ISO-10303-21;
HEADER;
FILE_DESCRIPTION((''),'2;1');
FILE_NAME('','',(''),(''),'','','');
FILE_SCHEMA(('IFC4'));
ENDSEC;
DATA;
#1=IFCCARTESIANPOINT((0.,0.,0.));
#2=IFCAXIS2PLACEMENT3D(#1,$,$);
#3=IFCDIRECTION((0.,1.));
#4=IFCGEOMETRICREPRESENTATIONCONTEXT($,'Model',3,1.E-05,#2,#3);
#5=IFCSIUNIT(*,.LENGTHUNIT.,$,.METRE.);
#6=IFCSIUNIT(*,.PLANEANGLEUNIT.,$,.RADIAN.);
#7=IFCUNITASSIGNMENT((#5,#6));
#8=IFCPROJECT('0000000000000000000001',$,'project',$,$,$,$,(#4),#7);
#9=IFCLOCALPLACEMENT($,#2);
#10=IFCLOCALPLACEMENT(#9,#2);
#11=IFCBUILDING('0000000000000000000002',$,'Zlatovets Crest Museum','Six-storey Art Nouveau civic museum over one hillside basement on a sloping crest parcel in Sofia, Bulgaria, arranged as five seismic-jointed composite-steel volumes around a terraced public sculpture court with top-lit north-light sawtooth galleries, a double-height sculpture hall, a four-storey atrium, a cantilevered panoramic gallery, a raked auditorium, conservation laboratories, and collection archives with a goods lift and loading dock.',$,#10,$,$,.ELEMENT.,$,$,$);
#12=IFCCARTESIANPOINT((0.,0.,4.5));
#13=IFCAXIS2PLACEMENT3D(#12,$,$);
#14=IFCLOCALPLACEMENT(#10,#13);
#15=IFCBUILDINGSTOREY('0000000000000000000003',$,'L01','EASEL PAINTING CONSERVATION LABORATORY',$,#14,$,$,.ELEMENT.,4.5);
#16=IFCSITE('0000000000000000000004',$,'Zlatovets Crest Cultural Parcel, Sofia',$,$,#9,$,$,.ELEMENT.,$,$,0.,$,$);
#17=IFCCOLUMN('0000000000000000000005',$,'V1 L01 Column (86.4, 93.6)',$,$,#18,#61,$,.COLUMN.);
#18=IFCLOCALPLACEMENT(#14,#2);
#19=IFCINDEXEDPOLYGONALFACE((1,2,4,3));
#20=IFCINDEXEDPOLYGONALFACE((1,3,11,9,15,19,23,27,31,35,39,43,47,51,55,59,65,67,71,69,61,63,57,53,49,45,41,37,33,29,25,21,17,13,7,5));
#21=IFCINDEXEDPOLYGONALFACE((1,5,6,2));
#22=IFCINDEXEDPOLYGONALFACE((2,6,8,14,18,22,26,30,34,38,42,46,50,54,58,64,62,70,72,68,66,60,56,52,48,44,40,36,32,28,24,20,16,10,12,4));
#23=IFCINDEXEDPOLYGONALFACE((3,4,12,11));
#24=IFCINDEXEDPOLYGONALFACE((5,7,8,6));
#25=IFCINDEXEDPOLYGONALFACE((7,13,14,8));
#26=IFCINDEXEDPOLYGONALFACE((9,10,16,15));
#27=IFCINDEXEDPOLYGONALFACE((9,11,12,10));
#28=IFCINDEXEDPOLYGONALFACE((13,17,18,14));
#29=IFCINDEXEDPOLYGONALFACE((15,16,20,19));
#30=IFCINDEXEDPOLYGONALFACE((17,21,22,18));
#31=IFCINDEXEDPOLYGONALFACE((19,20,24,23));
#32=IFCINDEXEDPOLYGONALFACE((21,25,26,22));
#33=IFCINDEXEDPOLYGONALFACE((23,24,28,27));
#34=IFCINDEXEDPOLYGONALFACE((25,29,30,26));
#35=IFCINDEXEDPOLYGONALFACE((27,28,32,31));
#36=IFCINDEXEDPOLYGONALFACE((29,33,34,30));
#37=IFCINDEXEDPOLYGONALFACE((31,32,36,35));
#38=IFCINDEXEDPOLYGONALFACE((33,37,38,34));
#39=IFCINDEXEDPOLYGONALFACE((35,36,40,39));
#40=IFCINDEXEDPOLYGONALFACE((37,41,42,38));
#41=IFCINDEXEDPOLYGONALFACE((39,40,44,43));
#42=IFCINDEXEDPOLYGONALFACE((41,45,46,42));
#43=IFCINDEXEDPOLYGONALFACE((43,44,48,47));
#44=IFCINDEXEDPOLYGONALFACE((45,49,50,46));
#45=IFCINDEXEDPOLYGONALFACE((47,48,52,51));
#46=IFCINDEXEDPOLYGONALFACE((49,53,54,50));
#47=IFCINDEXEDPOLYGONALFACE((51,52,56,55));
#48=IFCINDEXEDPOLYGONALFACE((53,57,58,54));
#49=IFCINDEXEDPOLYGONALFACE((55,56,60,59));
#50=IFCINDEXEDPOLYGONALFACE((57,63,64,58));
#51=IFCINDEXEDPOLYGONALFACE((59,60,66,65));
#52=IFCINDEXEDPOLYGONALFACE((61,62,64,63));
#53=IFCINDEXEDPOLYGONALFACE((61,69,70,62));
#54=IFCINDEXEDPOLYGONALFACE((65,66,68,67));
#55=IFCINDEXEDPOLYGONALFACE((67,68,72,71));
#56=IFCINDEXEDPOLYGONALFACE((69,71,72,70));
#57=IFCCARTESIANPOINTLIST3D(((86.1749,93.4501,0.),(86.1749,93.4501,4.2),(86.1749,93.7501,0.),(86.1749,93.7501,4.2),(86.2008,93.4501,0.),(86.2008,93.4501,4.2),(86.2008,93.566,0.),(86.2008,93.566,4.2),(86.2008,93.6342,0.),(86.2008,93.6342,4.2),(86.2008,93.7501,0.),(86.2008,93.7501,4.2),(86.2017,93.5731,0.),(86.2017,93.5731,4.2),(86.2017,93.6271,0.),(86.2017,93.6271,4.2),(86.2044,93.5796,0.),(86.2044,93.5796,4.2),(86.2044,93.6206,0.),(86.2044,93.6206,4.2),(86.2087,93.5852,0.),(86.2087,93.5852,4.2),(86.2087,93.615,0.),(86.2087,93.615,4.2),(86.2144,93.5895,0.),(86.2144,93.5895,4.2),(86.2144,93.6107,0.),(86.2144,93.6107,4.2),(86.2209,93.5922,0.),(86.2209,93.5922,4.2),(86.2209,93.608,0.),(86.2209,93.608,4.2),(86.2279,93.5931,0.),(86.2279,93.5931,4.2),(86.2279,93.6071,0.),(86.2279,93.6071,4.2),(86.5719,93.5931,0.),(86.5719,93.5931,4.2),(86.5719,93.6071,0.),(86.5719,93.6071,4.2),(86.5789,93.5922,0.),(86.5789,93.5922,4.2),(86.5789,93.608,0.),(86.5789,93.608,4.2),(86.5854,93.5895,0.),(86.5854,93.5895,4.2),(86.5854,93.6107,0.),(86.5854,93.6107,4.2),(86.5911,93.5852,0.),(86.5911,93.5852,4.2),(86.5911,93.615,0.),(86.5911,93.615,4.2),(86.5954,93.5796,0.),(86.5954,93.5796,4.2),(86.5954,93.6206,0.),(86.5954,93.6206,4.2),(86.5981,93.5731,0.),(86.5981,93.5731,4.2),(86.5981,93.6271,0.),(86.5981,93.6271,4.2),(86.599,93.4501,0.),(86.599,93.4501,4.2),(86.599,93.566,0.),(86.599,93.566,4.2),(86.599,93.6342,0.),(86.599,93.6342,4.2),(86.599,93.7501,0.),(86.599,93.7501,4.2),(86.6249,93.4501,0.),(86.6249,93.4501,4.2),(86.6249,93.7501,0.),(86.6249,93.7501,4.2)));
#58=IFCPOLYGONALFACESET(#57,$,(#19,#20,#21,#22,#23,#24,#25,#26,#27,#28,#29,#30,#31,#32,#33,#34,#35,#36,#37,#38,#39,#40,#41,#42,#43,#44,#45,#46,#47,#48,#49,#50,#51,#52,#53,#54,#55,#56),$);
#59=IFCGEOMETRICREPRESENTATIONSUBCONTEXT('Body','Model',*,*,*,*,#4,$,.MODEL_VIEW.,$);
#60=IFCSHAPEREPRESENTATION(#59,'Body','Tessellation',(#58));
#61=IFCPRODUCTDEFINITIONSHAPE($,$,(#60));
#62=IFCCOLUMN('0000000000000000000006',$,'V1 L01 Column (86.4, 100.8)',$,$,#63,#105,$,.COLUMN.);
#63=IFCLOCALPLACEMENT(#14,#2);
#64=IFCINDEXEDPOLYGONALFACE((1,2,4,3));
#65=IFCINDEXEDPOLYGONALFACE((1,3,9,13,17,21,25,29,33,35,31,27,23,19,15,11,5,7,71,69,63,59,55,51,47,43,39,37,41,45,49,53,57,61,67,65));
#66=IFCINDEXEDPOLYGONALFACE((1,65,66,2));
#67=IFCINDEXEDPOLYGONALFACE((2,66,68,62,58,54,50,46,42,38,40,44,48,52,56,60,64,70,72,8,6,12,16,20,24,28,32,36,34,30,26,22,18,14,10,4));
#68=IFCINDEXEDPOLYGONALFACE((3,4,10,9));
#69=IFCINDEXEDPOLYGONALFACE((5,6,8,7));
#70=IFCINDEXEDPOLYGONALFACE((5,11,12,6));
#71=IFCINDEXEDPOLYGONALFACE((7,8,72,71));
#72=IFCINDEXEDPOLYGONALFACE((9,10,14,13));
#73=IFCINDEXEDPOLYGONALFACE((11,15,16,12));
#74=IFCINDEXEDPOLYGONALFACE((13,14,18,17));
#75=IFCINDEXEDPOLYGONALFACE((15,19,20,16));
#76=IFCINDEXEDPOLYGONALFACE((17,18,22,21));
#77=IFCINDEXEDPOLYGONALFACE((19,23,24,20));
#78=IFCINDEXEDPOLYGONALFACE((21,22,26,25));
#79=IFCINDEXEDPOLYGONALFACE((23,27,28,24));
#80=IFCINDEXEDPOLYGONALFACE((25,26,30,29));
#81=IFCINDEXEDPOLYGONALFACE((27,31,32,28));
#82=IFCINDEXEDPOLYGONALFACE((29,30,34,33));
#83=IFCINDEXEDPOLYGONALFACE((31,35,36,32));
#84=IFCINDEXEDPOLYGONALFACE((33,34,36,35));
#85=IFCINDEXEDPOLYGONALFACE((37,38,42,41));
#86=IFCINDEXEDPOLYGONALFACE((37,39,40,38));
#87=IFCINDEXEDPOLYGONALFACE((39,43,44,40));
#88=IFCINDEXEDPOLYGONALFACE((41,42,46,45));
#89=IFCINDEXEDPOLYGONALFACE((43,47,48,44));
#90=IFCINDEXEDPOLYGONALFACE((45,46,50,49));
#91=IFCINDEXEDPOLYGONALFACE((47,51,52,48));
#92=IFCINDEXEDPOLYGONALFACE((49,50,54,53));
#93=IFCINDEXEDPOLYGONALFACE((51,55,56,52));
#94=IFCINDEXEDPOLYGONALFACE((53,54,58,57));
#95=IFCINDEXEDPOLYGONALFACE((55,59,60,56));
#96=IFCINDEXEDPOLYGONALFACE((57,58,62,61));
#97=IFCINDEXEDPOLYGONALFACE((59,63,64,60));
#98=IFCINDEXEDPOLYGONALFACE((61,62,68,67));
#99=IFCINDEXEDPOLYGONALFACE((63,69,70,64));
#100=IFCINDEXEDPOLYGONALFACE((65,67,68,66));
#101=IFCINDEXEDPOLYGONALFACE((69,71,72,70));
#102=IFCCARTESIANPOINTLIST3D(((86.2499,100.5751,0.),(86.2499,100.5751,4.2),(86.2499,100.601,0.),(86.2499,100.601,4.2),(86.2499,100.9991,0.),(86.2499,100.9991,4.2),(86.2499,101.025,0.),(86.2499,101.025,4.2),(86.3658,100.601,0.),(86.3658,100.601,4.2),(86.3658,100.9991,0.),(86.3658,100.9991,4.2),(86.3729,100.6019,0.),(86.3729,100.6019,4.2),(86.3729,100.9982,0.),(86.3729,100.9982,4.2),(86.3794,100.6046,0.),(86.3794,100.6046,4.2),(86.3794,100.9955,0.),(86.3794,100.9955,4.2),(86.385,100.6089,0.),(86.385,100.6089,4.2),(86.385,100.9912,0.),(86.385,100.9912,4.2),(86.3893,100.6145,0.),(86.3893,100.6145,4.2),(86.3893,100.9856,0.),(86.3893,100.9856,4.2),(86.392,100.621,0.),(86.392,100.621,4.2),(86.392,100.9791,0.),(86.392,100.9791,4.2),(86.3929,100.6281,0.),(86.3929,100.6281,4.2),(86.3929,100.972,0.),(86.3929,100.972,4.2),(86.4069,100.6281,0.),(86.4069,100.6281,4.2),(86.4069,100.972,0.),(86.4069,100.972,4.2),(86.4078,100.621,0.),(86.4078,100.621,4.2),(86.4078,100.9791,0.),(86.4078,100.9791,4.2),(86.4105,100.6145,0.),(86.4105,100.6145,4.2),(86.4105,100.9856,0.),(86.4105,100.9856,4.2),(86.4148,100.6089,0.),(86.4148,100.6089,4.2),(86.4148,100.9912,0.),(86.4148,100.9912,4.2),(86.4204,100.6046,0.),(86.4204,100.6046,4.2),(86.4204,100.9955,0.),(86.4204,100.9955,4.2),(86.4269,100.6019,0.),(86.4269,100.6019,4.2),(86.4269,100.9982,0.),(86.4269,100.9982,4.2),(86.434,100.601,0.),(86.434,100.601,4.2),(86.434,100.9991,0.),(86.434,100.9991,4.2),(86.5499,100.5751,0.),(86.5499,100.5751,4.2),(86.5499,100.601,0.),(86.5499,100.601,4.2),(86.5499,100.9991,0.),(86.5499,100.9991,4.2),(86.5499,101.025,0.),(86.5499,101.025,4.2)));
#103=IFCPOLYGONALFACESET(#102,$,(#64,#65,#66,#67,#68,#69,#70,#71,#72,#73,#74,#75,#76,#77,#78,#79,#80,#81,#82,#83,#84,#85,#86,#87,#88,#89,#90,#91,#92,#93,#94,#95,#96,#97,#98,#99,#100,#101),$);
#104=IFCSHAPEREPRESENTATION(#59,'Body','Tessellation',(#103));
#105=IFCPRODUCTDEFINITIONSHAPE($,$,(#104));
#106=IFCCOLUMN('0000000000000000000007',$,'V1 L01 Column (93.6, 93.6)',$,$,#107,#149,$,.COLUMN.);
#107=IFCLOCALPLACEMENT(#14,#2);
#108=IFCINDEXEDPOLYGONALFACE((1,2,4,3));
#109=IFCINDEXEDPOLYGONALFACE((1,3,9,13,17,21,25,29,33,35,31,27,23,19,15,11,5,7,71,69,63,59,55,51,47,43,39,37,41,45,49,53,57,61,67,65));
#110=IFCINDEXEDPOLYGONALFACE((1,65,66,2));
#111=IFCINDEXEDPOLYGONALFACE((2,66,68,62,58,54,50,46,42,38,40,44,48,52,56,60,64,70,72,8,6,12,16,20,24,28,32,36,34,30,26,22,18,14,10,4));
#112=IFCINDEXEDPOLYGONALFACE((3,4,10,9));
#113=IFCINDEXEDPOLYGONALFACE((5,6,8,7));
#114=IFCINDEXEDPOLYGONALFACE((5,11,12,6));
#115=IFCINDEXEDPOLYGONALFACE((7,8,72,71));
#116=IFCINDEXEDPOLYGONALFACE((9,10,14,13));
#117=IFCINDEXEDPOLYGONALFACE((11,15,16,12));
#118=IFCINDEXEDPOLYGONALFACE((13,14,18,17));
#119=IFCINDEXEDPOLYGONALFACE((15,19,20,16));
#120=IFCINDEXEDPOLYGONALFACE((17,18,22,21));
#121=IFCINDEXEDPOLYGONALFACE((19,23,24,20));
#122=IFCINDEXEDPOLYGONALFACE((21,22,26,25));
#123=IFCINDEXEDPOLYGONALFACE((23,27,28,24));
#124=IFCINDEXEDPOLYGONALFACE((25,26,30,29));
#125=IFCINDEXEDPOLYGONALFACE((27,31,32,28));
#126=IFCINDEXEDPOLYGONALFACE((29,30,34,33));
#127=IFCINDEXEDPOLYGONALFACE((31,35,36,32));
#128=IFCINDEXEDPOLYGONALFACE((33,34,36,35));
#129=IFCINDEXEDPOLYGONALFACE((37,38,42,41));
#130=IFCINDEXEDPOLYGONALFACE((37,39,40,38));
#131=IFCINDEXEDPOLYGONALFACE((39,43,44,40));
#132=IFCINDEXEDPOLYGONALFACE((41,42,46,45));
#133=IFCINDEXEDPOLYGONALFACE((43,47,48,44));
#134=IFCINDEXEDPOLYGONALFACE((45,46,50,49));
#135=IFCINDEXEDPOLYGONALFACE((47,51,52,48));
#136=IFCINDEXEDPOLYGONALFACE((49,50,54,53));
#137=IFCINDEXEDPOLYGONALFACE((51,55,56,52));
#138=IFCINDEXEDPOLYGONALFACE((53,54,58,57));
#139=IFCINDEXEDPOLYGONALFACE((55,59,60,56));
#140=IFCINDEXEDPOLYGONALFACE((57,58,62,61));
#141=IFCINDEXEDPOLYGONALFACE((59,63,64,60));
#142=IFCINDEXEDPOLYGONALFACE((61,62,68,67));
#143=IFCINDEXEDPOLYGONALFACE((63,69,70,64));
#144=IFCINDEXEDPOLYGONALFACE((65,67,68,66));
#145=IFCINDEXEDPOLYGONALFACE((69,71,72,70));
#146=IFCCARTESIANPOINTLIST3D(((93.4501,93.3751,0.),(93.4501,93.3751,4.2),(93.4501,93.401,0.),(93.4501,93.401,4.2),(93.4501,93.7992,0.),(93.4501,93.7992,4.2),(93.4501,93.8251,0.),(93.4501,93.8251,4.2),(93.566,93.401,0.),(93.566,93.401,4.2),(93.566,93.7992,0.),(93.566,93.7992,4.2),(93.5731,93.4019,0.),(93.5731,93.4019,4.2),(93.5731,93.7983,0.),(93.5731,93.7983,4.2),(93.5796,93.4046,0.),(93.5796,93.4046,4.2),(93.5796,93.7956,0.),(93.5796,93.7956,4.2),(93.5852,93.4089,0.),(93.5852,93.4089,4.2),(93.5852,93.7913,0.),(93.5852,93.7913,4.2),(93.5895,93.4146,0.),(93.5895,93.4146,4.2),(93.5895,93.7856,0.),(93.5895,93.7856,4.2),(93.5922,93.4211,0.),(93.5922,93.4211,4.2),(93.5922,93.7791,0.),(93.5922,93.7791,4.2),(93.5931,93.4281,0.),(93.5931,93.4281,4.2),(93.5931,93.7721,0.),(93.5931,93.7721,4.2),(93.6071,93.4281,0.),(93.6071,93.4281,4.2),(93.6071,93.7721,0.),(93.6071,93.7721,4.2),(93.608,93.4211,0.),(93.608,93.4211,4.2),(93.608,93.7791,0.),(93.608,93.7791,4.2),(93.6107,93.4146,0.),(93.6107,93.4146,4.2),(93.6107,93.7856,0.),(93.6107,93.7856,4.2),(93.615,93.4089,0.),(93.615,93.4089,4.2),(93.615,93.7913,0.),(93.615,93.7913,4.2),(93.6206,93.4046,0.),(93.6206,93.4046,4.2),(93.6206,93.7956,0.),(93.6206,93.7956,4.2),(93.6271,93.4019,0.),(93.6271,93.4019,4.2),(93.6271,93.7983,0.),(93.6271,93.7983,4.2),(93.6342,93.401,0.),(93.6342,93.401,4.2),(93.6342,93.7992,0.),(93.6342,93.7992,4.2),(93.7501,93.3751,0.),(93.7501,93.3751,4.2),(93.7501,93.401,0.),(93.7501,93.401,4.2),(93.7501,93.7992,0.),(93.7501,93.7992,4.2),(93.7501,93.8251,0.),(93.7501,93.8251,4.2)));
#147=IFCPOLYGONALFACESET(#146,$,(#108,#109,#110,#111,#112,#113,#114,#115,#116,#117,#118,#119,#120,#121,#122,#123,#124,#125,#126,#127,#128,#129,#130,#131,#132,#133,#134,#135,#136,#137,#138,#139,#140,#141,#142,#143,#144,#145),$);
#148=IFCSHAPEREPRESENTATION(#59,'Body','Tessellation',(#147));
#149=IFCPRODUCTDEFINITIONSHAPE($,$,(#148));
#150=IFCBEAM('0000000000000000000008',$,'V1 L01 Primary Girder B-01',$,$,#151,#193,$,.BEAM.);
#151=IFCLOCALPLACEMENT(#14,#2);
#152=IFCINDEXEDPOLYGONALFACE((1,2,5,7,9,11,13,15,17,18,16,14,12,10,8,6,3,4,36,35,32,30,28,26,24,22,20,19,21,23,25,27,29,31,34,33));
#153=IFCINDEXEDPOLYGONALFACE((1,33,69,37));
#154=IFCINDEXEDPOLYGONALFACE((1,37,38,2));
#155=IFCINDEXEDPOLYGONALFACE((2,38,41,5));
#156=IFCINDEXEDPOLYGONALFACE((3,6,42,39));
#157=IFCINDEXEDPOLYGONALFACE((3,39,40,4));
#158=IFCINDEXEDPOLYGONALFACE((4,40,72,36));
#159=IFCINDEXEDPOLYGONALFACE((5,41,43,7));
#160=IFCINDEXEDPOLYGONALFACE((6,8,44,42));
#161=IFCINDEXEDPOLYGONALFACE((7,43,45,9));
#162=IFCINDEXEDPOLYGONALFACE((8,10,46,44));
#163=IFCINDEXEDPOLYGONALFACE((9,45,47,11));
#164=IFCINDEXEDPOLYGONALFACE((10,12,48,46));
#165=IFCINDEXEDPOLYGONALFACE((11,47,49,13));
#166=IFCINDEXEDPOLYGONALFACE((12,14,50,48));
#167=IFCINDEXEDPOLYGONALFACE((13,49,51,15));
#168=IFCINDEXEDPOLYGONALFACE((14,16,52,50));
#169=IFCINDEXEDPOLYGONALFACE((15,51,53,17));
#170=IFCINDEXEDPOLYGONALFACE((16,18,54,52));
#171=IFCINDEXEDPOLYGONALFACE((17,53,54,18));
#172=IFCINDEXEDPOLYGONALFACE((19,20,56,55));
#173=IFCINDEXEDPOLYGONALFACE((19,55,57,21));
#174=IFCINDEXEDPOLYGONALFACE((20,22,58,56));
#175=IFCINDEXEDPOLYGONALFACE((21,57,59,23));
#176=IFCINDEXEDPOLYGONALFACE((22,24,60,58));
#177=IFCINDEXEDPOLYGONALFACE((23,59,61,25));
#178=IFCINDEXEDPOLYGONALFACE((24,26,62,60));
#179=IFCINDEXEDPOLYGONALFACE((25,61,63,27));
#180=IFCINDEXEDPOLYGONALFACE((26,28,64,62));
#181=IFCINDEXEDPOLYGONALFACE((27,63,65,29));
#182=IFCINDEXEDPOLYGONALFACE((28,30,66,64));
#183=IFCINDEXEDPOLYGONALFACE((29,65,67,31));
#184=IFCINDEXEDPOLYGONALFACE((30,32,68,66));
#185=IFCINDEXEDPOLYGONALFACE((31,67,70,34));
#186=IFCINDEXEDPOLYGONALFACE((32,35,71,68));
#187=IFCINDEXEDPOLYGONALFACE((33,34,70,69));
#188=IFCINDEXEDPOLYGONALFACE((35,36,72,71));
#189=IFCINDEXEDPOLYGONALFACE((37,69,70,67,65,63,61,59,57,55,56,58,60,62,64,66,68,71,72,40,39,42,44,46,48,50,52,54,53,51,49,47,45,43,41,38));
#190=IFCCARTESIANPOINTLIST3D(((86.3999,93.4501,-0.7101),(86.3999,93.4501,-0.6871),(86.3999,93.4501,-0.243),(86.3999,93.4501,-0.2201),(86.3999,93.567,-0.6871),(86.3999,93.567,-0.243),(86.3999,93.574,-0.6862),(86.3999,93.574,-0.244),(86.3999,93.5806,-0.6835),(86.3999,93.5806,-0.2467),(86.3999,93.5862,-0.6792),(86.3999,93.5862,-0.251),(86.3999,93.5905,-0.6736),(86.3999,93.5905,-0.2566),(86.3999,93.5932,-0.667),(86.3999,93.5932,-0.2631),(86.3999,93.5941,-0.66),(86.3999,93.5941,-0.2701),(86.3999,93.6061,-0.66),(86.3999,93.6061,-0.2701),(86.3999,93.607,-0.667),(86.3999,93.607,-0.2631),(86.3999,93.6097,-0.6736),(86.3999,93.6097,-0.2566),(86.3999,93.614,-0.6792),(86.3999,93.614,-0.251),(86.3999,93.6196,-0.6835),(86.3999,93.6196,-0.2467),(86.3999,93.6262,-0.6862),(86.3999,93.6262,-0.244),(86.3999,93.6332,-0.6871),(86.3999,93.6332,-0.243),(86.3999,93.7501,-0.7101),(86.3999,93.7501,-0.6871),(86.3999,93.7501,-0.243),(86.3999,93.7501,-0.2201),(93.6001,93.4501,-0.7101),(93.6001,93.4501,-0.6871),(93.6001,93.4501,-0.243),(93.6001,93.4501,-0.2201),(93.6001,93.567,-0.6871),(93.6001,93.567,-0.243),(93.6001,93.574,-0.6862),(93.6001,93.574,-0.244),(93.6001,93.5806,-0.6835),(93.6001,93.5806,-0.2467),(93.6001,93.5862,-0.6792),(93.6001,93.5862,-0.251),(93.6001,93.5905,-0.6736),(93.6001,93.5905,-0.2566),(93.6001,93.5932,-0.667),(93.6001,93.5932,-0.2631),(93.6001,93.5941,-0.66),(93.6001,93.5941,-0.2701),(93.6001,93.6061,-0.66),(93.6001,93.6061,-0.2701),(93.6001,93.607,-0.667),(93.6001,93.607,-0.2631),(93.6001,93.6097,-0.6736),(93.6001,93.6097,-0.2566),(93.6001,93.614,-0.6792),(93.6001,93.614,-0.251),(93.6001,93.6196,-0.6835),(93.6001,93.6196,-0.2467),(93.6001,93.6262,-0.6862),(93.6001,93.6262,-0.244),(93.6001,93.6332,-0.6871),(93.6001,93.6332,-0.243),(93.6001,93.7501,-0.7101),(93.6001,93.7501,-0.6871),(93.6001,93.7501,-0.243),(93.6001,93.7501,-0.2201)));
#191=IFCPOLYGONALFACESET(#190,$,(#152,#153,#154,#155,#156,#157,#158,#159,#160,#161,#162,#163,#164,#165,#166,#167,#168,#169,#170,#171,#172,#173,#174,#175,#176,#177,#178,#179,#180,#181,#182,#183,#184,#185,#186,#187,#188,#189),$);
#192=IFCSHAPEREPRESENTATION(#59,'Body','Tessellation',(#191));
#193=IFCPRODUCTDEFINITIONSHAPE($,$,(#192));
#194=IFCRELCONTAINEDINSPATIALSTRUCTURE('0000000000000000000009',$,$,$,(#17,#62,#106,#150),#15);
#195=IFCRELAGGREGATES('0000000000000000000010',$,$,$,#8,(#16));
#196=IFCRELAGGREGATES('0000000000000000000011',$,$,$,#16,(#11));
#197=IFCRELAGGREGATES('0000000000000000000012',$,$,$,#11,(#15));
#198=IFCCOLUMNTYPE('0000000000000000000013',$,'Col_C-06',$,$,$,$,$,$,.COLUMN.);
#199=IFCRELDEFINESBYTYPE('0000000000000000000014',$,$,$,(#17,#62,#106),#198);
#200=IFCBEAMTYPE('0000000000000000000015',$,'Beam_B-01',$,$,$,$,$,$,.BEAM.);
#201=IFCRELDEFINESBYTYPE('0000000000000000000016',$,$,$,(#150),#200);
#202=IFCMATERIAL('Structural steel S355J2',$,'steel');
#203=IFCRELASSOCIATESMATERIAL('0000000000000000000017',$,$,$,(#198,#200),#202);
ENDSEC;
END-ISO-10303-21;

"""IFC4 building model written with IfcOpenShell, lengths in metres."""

from ifc_helpers import new_model, si_unit, direction, frame, origin, origin_2d, place, context, subcontext, project, spatial, i_section, extrude, material, material_profile, profile_set, type_object, element, save


model = new_model("IFC4")

# Units and contexts
model_context = context("Model", 3, precision=1e-05, world=origin(), true_north=direction((0.0, 1.0)))
body_context = subcontext(model_context, "Body", "Model", "MODEL_VIEW")
ifc_project = project(units=[si_unit("LENGTHUNIT", "METRE"), si_unit("PLANEANGLEUNIT", "RADIAN")], contexts=[model_context])

# Site, building, storey
site_placement = place(None, origin())
site = spatial("IfcSite", under=ifc_project, at=site_placement, Name="Zlatovets Crest Cultural Parcel, Sofia", CompositionType="ELEMENT", RefElevation=0.0)
building_placement = place(site_placement, origin())
building = spatial("IfcBuilding", under=site, at=building_placement, Name="Zlatovets Crest Museum", Description="Six-storey Art Nouveau civic museum over one hillside basement on a sloping crest parcel in Sofia, Bulgaria, arranged as five seismic-jointed composite-steel volumes around a terraced public sculpture court with top-lit north-light sawtooth galleries, a double-height sculpture hall, a four-storey atrium, a cantilevered panoramic gallery, a raked auditorium, conservation laboratories, and collection archives with a goods lift and loading dock.", CompositionType="ELEMENT")
storey_placement = place(building_placement, frame((0.0, 0.0, 4.5)))
storey = spatial("IfcBuildingStorey", under=building, at=storey_placement, Name="L01", Description="EASEL PAINTING CONSERVATION LABORATORY", CompositionType="ELEMENT", Elevation=4.5)

# Columns
ifc_material_1 = material(Name="Structural steel S355J2", Category="steel")
ifc_material_profile_1 = material_profile(ifc_material_1, i_section(OverallWidth=0.3, OverallDepth=0.45, WebThickness=0.0139, FlangeThickness=0.0259, FilletRadius=0.0271, at=origin_2d()), Name="HEB 450")
ifc_profile_set_1 = profile_set([ifc_material_profile_1], Name="Structural steel S355J2")
column_type = type_object("IfcColumnType", Name="Col_C-06", PredefinedType="COLUMN", material=ifc_profile_set_1)
for number, where, z_axis, x_axis, name in (
    (1, (86.3999, 93.6001, 0.0), (0.0, 0.0, 1.0), (0.0, 1.0, 0.0), "V1 L01 Column (86.4, 93.6)"),
    (2, (86.3999, 100.8, 0.0), (0.0, 0.0, 1.0), (1.0, 0.0, 0.0), "V1 L01 Column (86.4, 100.8)"),
    (3, (93.6001, 93.6001, 0.0), (0.0, 0.0, 1.0), (1.0, 0.0, 0.0), "V1 L01 Column (93.6, 93.6)"),
):
    element("IfcColumn", number, at=place(storey_placement, frame(where, z_axis=z_axis, x_axis=x_axis)), inside=storey, type_object=column_type, Name=name, PredefinedType="COLUMN", context=body_context, shape_type="SweptSolid", body=[
        extrude(i_section(OverallWidth=0.3, OverallDepth=0.45, WebThickness=0.0139, FlangeThickness=0.0259, FilletRadius=0.0271, at=origin_2d()), origin(), (0.0, 0.0, 1.0), 4.2),
    ])

# Beam
ifc_material_profile_2 = material_profile(ifc_material_1, i_section(OverallWidth=0.3, OverallDepth=0.49, WebThickness=0.012, FlangeThickness=0.0229, FilletRadius=0.0271, at=origin_2d()), Name="HEA 500")
ifc_profile_set_2 = profile_set([ifc_material_profile_2], Name="Structural steel S355J2")
beam_type_1 = type_object("IfcBeamType", Name="Beam_B-01", PredefinedType="BEAM", material=ifc_profile_set_2)
beam_1_placement = place(storey_placement, frame((86.3999, 93.6001, -0.4651), z_axis=(1.0, 0.0, 0.0), x_axis=(0.0, 1.0, 0.0)))
element("IfcBeam", 4, at=beam_1_placement, inside=storey, type_object=beam_type_1, Name="V1 L01 Primary Girder B-01", PredefinedType="BEAM", context=body_context, shape_type="SweptSolid", body=[
    extrude(i_section(OverallWidth=0.3, OverallDepth=0.49, WebThickness=0.012, FlangeThickness=0.0229, FilletRadius=0.0271, at=origin_2d()), origin(), (0.0, 0.0, 1.0), 7.2002),
])

save(model, "model.ifc")
